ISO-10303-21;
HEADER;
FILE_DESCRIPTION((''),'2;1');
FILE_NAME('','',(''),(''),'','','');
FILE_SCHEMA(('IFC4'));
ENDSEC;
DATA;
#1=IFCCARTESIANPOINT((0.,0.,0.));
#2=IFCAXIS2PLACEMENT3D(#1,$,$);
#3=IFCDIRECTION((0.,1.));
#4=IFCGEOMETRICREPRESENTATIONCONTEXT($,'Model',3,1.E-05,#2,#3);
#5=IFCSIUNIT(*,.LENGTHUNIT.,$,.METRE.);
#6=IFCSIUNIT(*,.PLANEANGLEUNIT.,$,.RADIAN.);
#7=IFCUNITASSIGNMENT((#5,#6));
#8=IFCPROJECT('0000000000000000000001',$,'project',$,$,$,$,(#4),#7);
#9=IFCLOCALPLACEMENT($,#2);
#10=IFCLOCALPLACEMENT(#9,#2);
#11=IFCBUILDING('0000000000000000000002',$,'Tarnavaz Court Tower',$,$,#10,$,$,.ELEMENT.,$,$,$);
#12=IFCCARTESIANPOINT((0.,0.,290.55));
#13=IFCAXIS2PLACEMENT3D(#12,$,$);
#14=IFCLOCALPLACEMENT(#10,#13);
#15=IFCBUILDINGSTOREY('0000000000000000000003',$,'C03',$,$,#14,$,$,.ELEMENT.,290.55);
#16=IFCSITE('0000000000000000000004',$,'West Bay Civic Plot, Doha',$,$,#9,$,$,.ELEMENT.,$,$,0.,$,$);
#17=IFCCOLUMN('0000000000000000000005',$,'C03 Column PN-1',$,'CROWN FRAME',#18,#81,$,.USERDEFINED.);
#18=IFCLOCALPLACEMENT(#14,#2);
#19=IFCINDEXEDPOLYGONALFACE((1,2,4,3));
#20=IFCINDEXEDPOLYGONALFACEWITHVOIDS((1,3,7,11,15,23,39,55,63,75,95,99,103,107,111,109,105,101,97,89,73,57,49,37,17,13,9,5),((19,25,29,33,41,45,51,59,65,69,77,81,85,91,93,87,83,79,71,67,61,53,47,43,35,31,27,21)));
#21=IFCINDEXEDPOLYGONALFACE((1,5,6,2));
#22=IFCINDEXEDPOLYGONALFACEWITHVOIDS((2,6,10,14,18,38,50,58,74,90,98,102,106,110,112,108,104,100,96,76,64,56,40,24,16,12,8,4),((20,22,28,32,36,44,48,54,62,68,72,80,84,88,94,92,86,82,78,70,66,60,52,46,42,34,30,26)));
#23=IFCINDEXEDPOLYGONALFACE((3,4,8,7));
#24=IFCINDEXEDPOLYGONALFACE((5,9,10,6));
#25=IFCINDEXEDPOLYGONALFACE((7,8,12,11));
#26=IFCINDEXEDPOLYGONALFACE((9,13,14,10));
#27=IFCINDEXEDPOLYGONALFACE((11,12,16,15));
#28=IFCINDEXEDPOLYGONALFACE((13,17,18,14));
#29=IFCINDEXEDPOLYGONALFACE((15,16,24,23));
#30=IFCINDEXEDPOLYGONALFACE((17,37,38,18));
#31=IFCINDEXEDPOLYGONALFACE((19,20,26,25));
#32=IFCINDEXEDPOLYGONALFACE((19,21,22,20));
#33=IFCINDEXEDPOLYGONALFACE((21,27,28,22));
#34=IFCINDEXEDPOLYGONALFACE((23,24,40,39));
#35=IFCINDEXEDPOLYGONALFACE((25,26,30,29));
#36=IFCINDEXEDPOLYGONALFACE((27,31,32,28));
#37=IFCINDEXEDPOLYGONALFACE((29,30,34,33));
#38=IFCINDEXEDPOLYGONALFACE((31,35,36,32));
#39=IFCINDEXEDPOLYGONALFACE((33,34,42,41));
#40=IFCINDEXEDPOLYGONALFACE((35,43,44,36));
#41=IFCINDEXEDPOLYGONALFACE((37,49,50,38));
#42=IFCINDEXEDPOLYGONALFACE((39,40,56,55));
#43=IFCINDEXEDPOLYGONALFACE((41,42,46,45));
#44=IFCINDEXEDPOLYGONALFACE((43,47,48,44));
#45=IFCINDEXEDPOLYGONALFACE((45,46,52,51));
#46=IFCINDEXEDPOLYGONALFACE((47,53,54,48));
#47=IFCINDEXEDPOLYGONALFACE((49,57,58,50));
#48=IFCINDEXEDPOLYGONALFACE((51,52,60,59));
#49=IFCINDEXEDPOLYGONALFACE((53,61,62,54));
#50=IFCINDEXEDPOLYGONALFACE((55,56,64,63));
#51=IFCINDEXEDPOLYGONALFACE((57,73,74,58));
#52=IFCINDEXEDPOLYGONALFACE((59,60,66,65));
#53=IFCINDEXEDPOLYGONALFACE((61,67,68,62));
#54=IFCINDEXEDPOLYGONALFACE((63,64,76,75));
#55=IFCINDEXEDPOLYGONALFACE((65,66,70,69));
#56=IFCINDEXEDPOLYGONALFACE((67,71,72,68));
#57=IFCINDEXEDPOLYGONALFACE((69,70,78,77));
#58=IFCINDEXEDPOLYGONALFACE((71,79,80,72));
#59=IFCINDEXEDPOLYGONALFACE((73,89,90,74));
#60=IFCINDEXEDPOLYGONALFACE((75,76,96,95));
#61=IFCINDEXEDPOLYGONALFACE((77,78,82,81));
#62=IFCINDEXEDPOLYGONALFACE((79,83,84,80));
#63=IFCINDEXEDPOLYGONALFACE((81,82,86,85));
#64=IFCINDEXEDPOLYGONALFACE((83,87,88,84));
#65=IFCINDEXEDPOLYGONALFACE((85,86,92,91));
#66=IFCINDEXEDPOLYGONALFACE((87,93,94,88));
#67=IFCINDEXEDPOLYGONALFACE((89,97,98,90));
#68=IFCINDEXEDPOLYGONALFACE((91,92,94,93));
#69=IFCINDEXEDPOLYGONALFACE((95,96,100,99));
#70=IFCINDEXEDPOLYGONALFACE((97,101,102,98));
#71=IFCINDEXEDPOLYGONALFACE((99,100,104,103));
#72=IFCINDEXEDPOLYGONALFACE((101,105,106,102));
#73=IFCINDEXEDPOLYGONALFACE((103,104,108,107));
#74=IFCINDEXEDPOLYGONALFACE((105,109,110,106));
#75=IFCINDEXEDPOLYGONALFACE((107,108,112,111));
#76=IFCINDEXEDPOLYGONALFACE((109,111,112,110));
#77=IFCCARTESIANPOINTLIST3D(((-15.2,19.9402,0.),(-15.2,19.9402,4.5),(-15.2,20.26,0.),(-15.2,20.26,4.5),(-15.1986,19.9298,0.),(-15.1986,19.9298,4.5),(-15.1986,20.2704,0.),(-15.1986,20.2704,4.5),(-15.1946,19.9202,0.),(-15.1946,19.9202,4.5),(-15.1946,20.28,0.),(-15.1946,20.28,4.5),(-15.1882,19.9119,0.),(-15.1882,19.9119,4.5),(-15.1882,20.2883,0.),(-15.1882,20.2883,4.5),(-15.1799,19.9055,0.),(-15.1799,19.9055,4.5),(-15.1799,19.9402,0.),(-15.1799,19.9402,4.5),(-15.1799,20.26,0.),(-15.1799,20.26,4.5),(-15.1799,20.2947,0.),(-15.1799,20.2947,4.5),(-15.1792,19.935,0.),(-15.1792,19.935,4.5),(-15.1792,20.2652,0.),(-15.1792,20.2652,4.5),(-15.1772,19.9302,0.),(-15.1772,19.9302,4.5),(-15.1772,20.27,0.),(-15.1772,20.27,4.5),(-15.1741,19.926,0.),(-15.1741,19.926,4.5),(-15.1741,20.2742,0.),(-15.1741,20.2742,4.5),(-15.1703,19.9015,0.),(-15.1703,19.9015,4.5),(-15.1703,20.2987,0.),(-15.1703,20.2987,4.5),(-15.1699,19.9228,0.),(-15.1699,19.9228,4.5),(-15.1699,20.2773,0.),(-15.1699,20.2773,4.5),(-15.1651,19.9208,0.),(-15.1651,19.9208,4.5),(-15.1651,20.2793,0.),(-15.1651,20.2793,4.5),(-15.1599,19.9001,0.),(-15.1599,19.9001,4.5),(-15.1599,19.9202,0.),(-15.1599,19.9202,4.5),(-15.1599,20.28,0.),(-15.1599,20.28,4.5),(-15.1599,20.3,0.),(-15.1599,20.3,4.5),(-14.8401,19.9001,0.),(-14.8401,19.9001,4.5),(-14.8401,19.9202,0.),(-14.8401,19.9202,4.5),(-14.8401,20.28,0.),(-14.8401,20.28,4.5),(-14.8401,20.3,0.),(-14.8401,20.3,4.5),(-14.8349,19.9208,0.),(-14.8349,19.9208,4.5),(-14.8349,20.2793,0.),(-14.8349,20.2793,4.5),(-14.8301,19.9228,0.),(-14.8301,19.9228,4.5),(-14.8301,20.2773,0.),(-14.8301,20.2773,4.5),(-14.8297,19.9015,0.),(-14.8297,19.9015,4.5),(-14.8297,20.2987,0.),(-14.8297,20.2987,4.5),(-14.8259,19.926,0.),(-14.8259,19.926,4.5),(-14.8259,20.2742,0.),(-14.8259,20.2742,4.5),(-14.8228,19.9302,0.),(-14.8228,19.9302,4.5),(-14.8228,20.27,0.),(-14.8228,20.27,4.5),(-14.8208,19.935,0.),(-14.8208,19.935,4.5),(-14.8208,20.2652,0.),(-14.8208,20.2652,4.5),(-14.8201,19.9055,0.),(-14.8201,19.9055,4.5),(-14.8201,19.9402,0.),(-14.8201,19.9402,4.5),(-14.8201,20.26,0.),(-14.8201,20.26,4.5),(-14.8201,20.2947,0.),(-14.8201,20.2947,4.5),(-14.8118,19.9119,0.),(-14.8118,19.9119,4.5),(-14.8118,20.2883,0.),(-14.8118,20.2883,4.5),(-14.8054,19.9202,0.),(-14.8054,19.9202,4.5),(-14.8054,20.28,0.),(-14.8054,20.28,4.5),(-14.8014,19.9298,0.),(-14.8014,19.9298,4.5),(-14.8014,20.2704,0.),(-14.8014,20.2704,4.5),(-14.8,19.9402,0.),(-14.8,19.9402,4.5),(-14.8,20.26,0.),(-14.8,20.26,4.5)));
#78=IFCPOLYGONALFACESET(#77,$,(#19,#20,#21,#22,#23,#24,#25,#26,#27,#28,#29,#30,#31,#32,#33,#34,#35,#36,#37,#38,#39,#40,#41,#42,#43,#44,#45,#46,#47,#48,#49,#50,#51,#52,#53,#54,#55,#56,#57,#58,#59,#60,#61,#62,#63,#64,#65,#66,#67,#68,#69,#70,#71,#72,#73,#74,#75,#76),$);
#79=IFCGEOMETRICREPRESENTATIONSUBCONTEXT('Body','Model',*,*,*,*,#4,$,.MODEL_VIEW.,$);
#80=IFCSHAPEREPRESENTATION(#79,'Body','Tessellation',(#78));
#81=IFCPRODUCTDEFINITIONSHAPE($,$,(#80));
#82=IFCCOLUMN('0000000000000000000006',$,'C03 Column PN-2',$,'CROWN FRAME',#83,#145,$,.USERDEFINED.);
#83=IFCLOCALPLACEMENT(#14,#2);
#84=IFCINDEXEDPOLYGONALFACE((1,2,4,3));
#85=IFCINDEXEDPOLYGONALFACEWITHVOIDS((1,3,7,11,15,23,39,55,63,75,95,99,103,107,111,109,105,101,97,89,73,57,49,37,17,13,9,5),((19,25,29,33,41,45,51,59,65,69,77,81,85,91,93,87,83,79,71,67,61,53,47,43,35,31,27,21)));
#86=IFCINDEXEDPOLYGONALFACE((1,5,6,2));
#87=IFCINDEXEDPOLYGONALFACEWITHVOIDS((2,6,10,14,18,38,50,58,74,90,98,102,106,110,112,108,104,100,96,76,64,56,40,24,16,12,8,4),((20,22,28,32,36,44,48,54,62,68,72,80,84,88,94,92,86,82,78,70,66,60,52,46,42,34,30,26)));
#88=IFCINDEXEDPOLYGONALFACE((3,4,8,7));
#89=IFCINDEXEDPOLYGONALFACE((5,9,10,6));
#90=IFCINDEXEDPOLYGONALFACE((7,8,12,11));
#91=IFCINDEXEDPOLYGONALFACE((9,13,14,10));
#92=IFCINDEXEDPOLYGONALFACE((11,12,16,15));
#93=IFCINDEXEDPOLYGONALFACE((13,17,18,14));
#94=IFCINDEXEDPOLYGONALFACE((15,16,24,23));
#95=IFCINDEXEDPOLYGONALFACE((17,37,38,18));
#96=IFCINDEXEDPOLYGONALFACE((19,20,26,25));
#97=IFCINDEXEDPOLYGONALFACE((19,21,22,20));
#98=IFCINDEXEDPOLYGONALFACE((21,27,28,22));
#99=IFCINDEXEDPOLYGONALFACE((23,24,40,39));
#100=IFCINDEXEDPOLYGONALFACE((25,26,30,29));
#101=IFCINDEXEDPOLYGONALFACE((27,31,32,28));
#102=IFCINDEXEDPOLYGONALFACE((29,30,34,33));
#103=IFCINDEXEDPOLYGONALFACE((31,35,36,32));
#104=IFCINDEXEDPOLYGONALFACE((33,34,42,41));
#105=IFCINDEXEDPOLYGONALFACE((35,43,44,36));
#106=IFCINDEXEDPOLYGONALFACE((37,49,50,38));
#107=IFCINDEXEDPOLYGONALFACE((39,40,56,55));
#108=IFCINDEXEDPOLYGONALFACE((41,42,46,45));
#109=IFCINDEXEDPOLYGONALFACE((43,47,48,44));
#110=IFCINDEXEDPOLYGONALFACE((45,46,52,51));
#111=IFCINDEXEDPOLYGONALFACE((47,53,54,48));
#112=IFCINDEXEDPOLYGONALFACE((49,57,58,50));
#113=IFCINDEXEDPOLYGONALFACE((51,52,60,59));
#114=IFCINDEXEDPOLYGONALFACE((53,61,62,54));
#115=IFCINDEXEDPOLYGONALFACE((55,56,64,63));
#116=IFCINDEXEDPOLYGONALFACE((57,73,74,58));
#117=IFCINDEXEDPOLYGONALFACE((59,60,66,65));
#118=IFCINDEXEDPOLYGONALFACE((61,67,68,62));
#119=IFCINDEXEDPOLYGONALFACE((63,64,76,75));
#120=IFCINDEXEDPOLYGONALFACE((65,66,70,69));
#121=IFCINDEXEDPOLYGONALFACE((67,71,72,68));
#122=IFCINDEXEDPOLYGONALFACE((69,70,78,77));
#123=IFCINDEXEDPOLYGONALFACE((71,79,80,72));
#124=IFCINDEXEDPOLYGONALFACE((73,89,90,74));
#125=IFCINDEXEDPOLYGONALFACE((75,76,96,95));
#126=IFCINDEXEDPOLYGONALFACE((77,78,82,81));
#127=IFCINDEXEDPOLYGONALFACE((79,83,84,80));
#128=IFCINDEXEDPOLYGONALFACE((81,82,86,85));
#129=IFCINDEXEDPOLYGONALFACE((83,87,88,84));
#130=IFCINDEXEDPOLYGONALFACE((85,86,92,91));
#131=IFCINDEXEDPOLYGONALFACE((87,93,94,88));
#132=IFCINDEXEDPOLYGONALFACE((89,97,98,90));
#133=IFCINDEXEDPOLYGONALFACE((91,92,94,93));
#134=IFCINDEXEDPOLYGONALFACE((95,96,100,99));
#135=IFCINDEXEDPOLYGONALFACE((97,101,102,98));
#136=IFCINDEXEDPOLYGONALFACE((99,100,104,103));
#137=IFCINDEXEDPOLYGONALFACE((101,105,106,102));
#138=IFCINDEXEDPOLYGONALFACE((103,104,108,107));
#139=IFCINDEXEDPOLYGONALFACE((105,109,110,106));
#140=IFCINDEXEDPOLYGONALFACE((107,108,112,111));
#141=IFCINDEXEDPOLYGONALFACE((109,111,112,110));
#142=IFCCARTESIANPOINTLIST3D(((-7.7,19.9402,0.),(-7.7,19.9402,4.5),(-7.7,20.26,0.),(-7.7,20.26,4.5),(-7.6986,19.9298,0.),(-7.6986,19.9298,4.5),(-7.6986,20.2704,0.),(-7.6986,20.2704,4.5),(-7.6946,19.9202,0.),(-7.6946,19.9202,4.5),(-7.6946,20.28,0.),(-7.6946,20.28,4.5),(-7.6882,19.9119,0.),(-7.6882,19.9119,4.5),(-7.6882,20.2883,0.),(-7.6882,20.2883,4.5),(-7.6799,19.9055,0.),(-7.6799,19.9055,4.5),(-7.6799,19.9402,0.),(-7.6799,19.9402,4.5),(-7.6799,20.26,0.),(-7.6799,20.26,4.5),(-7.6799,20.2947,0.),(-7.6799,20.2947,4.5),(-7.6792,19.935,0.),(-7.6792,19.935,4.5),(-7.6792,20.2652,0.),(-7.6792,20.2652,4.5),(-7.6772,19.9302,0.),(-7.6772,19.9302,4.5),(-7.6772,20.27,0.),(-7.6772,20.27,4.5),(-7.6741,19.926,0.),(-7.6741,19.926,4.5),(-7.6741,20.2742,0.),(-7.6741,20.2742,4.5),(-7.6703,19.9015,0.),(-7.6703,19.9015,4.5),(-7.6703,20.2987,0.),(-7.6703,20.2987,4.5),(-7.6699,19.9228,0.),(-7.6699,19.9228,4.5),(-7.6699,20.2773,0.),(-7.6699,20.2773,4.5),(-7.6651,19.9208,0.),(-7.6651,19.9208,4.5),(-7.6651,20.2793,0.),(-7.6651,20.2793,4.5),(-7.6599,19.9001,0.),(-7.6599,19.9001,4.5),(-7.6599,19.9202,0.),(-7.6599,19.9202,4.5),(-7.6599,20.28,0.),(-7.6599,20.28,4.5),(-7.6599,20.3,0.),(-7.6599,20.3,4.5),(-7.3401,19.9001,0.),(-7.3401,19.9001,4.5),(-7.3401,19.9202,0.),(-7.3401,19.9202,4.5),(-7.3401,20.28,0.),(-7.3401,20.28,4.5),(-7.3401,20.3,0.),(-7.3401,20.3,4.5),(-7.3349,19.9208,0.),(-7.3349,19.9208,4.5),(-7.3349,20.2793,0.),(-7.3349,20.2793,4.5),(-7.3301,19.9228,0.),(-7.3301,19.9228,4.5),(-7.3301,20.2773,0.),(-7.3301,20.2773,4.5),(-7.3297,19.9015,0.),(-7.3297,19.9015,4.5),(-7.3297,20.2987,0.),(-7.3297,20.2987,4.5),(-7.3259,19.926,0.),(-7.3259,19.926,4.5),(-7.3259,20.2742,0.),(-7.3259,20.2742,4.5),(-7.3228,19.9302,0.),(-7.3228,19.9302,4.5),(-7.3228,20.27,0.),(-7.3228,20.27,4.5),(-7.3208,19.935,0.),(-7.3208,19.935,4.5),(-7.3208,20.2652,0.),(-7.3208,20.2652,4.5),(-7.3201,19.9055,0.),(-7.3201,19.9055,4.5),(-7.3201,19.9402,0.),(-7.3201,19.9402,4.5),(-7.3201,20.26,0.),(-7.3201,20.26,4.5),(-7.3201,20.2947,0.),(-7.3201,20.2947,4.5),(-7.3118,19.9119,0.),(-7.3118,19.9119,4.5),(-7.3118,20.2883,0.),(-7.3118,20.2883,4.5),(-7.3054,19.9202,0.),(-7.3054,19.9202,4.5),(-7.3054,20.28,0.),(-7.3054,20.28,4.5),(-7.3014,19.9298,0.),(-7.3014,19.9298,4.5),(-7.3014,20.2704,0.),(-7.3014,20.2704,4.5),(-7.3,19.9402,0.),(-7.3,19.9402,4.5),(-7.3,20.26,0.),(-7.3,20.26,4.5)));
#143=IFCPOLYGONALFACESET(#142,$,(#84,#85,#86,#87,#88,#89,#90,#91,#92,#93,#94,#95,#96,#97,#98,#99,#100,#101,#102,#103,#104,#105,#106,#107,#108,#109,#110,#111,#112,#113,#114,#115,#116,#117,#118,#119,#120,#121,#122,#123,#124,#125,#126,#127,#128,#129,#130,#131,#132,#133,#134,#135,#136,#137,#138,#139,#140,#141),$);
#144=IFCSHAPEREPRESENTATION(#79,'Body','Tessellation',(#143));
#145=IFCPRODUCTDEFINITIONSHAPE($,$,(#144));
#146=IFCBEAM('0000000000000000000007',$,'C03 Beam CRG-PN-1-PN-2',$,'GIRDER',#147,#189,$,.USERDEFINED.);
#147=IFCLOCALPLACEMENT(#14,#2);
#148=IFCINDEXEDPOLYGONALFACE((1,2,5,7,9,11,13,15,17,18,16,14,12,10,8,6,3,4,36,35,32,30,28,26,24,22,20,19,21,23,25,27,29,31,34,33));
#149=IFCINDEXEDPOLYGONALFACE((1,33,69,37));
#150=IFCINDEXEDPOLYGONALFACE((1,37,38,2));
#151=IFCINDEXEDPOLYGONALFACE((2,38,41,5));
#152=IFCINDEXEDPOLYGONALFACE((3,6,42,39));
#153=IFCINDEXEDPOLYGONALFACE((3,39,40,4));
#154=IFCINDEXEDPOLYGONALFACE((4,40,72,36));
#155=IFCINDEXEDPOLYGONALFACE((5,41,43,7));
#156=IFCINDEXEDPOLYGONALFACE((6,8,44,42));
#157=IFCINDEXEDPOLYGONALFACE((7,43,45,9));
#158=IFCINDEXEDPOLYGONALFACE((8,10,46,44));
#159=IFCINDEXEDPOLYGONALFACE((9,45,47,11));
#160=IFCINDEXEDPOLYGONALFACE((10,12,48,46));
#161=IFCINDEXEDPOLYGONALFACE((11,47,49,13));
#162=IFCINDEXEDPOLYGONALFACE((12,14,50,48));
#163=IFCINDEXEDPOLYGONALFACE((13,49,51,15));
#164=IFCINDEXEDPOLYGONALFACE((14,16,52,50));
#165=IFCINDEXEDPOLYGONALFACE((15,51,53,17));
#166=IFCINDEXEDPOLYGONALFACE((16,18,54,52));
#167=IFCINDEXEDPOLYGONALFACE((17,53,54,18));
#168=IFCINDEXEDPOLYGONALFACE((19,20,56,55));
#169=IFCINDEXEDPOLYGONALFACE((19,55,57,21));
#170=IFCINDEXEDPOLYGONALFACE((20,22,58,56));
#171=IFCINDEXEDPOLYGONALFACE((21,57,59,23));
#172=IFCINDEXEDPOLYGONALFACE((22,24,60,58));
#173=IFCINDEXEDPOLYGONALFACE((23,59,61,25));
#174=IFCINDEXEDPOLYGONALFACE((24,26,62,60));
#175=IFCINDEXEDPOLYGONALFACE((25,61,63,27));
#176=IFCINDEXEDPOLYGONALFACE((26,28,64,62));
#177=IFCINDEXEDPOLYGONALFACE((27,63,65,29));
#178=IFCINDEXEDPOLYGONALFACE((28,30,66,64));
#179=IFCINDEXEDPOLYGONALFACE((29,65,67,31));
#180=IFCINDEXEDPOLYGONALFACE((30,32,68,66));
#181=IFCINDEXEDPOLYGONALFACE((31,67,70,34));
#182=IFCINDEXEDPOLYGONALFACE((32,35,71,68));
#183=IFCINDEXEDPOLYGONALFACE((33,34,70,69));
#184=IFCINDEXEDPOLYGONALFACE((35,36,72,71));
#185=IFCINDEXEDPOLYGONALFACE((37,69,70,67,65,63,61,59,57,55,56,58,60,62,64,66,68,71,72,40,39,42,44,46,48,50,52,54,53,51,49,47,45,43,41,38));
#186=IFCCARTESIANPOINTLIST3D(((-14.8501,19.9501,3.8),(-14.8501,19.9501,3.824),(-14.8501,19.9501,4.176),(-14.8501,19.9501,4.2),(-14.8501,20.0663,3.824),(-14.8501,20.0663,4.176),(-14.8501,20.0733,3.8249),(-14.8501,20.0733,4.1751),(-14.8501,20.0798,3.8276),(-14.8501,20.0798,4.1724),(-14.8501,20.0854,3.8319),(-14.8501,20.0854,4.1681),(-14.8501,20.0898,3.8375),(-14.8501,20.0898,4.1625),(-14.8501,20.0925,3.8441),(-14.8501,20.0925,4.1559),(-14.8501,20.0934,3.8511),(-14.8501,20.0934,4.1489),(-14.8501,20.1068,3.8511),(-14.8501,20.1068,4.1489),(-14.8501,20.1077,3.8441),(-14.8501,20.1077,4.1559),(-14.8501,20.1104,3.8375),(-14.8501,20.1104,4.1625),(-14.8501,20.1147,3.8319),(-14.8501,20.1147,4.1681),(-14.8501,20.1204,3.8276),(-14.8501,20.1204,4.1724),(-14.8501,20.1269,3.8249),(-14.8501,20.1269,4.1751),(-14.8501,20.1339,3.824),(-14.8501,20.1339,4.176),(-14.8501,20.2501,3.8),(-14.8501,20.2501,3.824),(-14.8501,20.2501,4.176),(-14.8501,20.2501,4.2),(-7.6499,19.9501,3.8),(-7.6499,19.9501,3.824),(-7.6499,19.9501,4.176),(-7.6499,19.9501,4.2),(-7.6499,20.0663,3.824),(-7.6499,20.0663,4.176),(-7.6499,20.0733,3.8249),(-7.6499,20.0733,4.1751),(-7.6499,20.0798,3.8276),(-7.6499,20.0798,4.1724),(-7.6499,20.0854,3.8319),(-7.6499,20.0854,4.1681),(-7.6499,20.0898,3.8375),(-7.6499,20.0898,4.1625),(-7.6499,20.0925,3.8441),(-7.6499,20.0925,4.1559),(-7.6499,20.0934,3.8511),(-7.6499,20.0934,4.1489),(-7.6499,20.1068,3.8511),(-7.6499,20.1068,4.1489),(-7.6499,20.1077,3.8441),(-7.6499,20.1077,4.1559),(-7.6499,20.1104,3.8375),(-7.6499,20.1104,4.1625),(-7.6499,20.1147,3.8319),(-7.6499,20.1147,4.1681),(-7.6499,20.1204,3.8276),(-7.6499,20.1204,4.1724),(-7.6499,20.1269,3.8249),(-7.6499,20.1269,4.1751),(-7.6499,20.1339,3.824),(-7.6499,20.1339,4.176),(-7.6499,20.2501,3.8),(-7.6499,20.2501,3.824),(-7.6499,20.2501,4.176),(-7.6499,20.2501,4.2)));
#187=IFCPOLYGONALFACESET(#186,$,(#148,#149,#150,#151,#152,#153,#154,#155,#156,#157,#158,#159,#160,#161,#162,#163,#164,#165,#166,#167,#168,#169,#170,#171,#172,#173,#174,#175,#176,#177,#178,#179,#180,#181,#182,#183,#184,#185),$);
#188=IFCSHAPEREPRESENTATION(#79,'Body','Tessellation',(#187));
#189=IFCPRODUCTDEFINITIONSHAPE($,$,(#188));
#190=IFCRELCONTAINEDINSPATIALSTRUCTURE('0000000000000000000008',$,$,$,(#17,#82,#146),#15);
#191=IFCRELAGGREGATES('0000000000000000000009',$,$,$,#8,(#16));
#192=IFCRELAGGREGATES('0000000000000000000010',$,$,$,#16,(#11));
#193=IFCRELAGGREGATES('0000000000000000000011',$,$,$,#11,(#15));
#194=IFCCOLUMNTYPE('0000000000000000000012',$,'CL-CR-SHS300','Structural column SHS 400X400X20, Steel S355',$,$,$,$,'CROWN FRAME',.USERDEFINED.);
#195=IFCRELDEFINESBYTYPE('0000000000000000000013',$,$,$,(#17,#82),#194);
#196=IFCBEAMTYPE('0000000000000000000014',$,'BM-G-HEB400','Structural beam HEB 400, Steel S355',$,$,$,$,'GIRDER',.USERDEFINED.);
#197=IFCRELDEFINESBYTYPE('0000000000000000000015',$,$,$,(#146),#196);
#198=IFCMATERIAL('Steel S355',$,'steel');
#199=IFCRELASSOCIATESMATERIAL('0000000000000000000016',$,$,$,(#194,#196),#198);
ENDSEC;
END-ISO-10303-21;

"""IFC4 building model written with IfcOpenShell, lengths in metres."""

from ifc_helpers import new_model, si_unit, direction, frame, origin, origin_2d, place, context, subcontext, project, spatial, hollow_rectangle, i_section, extrude, material, material_profile, profile_set, type_object, element, save


model = new_model("IFC4")

# Units and contexts
model_context = context("Model", 3, precision=1e-05, world=origin(), true_north=direction((0.0, 1.0)))
body_context = subcontext(model_context, "Body", "Model", "MODEL_VIEW")
ifc_project = project(units=[si_unit("LENGTHUNIT", "METRE"), si_unit("PLANEANGLEUNIT", "RADIAN")], contexts=[model_context])

# Site, building, storey
site_placement = place(None, origin())
site = spatial("IfcSite", under=ifc_project, at=site_placement, Name="West Bay Civic Plot, Doha", CompositionType="ELEMENT", RefElevation=0.0)
building_placement = place(site_placement, origin())
building = spatial("IfcBuilding", under=site, at=building_placement, Name="Tarnavaz Court Tower", CompositionType="ELEMENT")
storey_placement = place(building_placement, frame((0.0, 0.0, 290.55)))
storey = spatial("IfcBuildingStorey", under=building, at=storey_placement, Name="C03", CompositionType="ELEMENT", Elevation=290.55)

# Columns
ifc_material_1 = material(Name="Steel S355", Category="steel")
ifc_material_profile_1 = material_profile(ifc_material_1, hollow_rectangle(XDim=0.3999, YDim=0.3999, WallThickness=0.02, InnerFilletRadius=0.02, OuterFilletRadius=0.04, at=origin_2d()), Name="SHS 400X400X20")
ifc_profile_set_1 = profile_set([ifc_material_profile_1], Name="Steel S355")
column_type = type_object("IfcColumnType", Name="CL-CR-SHS300", Description="Structural column SHS 400X400X20, Steel S355", ElementType="CROWN FRAME", PredefinedType="USERDEFINED", material=ifc_profile_set_1)
for number, where, z_axis, x_axis, name in (
    (1, (-15.0, 20.1001, 0.0), (0.0, 0.0, 1.0), (1.0, 0.0, 0.0), "C03 Column PN-1"),
    (2, (-7.5, 20.1001, 0.0), (0.0, 0.0, 1.0), (1.0, 0.0, 0.0), "C03 Column PN-2"),
):
    element("IfcColumn", number, at=place(storey_placement, frame(where, z_axis=z_axis, x_axis=x_axis)), inside=storey, type_object=column_type, Name=name, ObjectType="CROWN FRAME", PredefinedType="USERDEFINED", context=body_context, shape_type="SweptSolid", body=[
        extrude(hollow_rectangle(XDim=0.3999, YDim=0.3999, WallThickness=0.02, InnerFilletRadius=0.02, OuterFilletRadius=0.04, at=origin_2d()), origin(), (0.0, 0.0, 1.0), 4.5),
    ])

# Beam
ifc_material_profile_2 = material_profile(ifc_material_1, i_section(OverallWidth=0.3, OverallDepth=0.3999, WebThickness=0.0134, FlangeThickness=0.0239, FilletRadius=0.0271, at=origin_2d()), Name="HEB 400")
ifc_profile_set_2 = profile_set([ifc_material_profile_2], Name="Steel S355")
beam_type = type_object("IfcBeamType", Name="BM-G-HEB400", Description="Structural beam HEB 400, Steel S355", ElementType="GIRDER", PredefinedType="USERDEFINED", material=ifc_profile_set_2)
beam_1_placement = place(storey_placement, frame((-14.8501, 20.1001, 4.0), z_axis=(1.0, 0.0, 0.0), x_axis=(0.0, 1.0, 0.0)))
element("IfcBeam", 3, at=beam_1_placement, inside=storey, type_object=beam_type, Name="C03 Beam CRG-PN-1-PN-2", ObjectType="GIRDER", PredefinedType="USERDEFINED", context=body_context, shape_type="SweptSolid", body=[
    extrude(i_section(OverallWidth=0.3, OverallDepth=0.3999, WebThickness=0.0134, FlangeThickness=0.0239, FilletRadius=0.0271, at=origin_2d()), origin(), (0.0, 0.0, 1.0), 7.2002),
])

save(model, "model.ifc")
